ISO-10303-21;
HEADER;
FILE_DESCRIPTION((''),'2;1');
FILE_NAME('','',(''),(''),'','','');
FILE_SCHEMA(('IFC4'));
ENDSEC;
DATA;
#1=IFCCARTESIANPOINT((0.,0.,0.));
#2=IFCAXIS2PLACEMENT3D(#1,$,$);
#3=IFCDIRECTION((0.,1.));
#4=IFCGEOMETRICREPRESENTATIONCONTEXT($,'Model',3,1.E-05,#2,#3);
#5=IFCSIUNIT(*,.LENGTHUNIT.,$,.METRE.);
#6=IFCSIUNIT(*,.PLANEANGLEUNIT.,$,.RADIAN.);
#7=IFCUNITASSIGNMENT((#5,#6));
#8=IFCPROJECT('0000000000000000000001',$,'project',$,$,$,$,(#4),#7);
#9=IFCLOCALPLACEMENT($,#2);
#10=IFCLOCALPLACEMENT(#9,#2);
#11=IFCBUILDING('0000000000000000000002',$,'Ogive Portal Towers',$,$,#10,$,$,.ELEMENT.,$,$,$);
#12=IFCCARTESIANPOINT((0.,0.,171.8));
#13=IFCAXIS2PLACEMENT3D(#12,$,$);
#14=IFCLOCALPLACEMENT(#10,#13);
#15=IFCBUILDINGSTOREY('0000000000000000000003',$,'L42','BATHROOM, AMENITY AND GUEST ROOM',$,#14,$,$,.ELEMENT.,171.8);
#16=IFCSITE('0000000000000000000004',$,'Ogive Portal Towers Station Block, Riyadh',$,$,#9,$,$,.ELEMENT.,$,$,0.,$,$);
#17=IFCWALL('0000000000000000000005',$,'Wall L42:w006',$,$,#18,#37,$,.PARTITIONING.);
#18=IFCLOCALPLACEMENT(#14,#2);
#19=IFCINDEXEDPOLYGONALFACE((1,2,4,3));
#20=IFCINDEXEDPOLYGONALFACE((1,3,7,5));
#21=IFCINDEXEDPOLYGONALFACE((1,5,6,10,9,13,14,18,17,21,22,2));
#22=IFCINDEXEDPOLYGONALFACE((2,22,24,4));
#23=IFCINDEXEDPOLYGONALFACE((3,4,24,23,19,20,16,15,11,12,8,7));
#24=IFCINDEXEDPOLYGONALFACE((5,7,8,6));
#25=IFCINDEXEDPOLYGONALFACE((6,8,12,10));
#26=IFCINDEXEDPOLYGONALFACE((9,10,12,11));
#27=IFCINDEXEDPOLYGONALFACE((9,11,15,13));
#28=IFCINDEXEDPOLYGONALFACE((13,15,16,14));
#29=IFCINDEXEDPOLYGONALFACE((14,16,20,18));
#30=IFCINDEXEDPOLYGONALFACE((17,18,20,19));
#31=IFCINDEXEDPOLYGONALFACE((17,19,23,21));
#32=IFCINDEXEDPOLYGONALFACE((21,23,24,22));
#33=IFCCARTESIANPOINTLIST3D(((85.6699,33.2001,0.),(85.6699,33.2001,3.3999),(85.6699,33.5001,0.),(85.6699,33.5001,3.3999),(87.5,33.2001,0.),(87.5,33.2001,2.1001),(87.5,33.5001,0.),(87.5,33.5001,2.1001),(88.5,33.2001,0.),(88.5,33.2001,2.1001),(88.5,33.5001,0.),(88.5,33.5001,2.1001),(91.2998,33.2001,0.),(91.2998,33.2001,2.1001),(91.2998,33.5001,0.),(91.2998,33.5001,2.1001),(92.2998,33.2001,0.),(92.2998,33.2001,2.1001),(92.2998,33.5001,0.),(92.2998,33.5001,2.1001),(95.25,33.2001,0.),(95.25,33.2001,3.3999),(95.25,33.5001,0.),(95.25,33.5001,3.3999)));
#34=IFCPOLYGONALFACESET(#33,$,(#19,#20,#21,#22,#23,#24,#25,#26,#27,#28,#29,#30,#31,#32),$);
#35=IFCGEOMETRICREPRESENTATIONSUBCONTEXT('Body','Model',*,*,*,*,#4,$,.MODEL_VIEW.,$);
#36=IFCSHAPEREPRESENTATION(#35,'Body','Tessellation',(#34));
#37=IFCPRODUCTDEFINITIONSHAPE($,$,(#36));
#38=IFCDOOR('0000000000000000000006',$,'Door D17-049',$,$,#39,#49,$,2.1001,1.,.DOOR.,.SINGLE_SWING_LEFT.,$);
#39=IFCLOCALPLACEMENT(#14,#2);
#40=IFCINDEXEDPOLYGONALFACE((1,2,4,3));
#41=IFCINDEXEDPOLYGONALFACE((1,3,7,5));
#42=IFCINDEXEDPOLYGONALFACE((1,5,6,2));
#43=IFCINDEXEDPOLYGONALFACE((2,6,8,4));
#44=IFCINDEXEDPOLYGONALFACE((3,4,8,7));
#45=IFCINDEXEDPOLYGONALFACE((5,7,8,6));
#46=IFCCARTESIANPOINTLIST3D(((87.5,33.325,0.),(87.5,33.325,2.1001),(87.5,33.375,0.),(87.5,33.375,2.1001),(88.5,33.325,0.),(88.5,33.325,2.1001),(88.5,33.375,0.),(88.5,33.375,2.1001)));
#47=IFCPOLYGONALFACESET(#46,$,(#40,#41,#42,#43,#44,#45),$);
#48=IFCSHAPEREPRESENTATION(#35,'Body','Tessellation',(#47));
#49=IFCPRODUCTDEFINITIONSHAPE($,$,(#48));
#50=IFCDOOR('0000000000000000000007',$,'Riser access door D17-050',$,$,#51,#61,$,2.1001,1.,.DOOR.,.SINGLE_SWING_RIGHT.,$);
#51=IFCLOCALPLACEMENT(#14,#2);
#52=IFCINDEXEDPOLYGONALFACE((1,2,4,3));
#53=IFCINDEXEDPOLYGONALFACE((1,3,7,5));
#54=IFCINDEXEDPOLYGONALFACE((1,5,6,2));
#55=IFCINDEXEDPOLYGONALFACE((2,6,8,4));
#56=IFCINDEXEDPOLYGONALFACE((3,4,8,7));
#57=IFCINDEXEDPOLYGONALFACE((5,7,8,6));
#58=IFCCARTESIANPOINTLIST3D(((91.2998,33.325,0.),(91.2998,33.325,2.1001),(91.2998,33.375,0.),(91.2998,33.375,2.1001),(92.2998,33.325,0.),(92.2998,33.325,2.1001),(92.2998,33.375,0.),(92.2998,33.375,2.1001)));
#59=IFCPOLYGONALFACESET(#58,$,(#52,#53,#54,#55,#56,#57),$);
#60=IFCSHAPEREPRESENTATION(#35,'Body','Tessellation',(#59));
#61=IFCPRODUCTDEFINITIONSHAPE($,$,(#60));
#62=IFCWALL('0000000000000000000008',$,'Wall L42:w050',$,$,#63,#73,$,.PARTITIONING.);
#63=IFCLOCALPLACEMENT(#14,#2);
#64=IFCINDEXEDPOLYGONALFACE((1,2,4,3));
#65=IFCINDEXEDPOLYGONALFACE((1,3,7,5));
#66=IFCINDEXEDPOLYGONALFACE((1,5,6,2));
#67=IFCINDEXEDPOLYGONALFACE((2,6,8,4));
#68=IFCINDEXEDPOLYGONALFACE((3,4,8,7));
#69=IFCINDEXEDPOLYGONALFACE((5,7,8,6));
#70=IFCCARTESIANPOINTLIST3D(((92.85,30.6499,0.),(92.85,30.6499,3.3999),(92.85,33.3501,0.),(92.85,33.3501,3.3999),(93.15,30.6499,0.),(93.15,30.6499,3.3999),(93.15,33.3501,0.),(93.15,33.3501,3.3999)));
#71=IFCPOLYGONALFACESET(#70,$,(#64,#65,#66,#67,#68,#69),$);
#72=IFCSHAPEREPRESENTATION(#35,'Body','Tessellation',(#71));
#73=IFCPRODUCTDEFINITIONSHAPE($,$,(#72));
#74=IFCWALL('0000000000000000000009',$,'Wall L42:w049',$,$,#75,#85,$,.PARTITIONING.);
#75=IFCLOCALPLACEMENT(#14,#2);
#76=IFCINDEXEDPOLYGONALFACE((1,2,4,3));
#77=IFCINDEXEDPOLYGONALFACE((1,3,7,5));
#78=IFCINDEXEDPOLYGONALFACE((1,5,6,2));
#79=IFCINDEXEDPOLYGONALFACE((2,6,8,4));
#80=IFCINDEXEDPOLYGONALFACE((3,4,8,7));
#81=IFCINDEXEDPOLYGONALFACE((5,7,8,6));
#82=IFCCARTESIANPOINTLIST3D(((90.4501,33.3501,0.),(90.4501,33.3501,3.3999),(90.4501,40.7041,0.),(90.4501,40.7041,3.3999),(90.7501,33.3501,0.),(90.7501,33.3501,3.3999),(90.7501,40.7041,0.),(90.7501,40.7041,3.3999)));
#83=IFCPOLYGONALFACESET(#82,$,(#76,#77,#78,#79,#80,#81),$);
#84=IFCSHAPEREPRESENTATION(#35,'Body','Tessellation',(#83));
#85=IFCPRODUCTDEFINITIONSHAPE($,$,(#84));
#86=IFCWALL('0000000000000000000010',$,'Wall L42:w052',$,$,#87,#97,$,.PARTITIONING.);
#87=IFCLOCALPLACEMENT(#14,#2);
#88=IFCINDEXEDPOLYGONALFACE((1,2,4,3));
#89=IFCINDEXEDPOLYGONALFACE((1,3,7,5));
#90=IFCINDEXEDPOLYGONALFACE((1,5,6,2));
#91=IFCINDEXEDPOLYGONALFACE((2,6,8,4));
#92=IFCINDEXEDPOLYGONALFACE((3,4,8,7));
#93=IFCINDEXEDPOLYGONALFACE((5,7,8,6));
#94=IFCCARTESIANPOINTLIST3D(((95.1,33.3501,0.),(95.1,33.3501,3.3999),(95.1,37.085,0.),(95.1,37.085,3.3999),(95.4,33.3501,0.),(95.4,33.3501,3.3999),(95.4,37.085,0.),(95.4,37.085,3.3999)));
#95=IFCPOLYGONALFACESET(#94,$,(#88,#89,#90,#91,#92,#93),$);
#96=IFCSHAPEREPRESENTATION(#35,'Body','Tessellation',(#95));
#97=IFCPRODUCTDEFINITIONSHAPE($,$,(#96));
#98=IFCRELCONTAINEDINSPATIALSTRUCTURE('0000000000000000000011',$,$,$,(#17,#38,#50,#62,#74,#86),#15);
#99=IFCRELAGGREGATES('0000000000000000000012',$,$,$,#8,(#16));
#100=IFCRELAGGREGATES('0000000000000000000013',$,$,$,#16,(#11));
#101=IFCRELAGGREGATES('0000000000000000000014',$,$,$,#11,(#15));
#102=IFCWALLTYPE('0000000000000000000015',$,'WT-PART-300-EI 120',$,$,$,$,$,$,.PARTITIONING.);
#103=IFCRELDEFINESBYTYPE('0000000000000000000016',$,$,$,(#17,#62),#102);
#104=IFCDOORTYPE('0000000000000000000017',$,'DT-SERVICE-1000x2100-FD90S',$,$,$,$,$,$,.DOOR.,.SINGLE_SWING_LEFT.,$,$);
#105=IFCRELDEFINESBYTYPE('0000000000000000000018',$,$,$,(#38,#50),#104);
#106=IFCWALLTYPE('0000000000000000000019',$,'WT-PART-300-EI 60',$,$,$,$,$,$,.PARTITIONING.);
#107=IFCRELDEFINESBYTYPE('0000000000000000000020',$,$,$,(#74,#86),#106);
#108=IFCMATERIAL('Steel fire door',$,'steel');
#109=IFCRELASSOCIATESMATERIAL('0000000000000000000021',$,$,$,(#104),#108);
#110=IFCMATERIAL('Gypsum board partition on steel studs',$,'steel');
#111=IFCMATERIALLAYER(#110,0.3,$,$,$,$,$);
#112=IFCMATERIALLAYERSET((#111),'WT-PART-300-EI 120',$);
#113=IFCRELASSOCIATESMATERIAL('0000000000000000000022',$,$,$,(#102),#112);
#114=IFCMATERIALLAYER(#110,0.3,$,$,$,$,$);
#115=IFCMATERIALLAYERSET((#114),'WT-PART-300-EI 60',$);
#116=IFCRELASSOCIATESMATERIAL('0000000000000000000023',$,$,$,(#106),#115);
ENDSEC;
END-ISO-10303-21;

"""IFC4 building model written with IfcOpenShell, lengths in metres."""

from ifc_helpers import new_model, si_unit, direction, frame, frame_2d, origin, place, context, subcontext, project, spatial, rectangle, extrude, material, layer, layer_set, type_object, element, fill, save


model = new_model("IFC4")

# Units and contexts
model_context = context("Model", 3, precision=1e-05, world=origin(), true_north=direction((0.0, 1.0)))
body_context = subcontext(model_context, "Body", "Model", "MODEL_VIEW")
ifc_project = project(units=[si_unit("LENGTHUNIT", "METRE"), si_unit("PLANEANGLEUNIT", "RADIAN")], contexts=[model_context])

# Site, building, storey
site_placement = place(None, origin())
site = spatial("IfcSite", under=ifc_project, at=site_placement, Name="Ogive Portal Towers Station Block, Riyadh", CompositionType="ELEMENT", RefElevation=0.0)
building_placement = place(site_placement, origin())
building = spatial("IfcBuilding", under=site, at=building_placement, Name="Ogive Portal Towers", CompositionType="ELEMENT")
storey_placement = place(building_placement, frame((0.0, 0.0, 171.8)))
storey = spatial("IfcBuildingStorey", under=building, at=storey_placement, Name="L42", Description="BATHROOM, AMENITY AND GUEST ROOM", CompositionType="ELEMENT", Elevation=171.8)

# Wall, openings, doors
ifc_material_1 = material(Name="Steel fire door", Category="steel")
door_type_1 = type_object("IfcDoorType", Name="DT-SERVICE-1000x2100-FD90S", OperationType="SINGLE_SWING_LEFT", PredefinedType="DOOR", material=ifc_material_1)
ifc_material_2 = material(Name="Gypsum board partition on steel studs", Category="steel")
ifc_layer_1 = layer(ifc_material_2, 0.3)
ifc_layer_set_1 = layer_set([ifc_layer_1], Name="WT-PART-300-EI 120")
wall_type_1 = type_object("IfcWallType", Name="WT-PART-300-EI 120", PredefinedType="PARTITIONING", material=ifc_layer_set_1)
wall_1_placement = place(storey_placement, frame((85.6699, 33.3501, 0.0), z_axis=(0.0, 0.0, 1.0), x_axis=(1.0, 0.0, 0.0)))
wall_1 = element("IfcWall", 1, at=wall_1_placement, inside=storey, type_object=wall_type_1, Name="Wall L42:w006", PredefinedType="PARTITIONING", context=body_context, shape_type="SweptSolid", body=[
    extrude(rectangle(XDim=9.5801, YDim=0.3, at=frame_2d((4.79, 0.0))), origin(), (0.0, 0.0, 1.0), 3.3999),
])
opening_1_placement = place(wall_1_placement, frame((1.8301, 0.0, 0.0)))
opening_1 = element("IfcOpeningElement", 2, at=opening_1_placement, cuts=wall_1, PredefinedType="OPENING", context=body_context, shape_type="SweptSolid", body=[
    extrude(rectangle(XDim=1.0, YDim=2.1001, at=frame_2d((0.5, 1.05))), frame((0.0, 0.1602, 0.0), z_axis=(0.0, -1.0, 0.0), x_axis=(1.0, 0.0, 0.0)), (0.0, 0.0, 1.0), 0.3201),
])
opening_2_placement = place(wall_1_placement, frame((5.6299, 0.0, 0.0)))
opening_2 = element("IfcOpeningElement", 3, at=opening_2_placement, cuts=wall_1, PredefinedType="OPENING", context=body_context, shape_type="SweptSolid", body=[
    extrude(rectangle(XDim=1.0, YDim=2.1001, at=frame_2d((0.5, 1.05))), frame((0.0, 0.1602, 0.0), z_axis=(0.0, -1.0, 0.0), x_axis=(1.0, 0.0, 0.0)), (0.0, 0.0, 1.0), 0.3201),
])
door_1_placement = place(opening_1_placement, origin())
door_1 = element("IfcDoor", 4, at=door_1_placement, inside=storey, type_object=door_type_1, Name="Door D17-049", OperationType="SINGLE_SWING_LEFT", OverallHeight=2.1001, OverallWidth=1.0, PredefinedType="DOOR", context=body_context, shape_type="SweptSolid", body=[
    extrude(rectangle(XDim=1.0, YDim=2.1001, at=frame_2d((0.5, 1.05))), frame((0.0, 0.0249, 0.0), z_axis=(0.0, -1.0, 0.0), x_axis=(1.0, 0.0, 0.0)), (0.0, 0.0, 1.0), 0.05),
])
fill(opening_1, door_1)
door_2_placement = place(opening_2_placement, origin())
door_2 = element("IfcDoor", 5, at=door_2_placement, inside=storey, type_object=door_type_1, Name="Riser access door D17-050", OperationType="SINGLE_SWING_RIGHT", OverallHeight=2.1001, OverallWidth=1.0, PredefinedType="DOOR", context=body_context, shape_type="SweptSolid", body=[
    extrude(rectangle(XDim=1.0, YDim=2.1001, at=frame_2d((0.5, 1.05))), frame((0.0, 0.0249, 0.0), z_axis=(0.0, -1.0, 0.0), x_axis=(1.0, 0.0, 0.0)), (0.0, 0.0, 1.0), 0.05),
])
fill(opening_2, door_2)

# Walls
wall_2_placement = place(storey_placement, frame((93.0, 30.6499, 0.0), z_axis=(0.0, 0.0, 1.0), x_axis=(0.0, 1.0, 0.0)))
element("IfcWall", 6, at=wall_2_placement, inside=storey, type_object=wall_type_1, Name="Wall L42:w050", PredefinedType="PARTITIONING", context=body_context, shape_type="SweptSolid", body=[
    extrude(rectangle(XDim=2.7002, YDim=0.3, at=frame_2d((1.3501, 0.0))), origin(), (0.0, 0.0, 1.0), 3.3999),
])
ifc_layer_2 = layer(ifc_material_2, 0.3)
ifc_layer_set_2 = layer_set([ifc_layer_2], Name="WT-PART-300-EI 60")
wall_type_2 = type_object("IfcWallType", Name="WT-PART-300-EI 60", PredefinedType="PARTITIONING", material=ifc_layer_set_2)
wall_3_placement = place(storey_placement, frame((90.6001, 33.3501, 0.0), z_axis=(0.0, 0.0, 1.0), x_axis=(0.0, 1.0, 0.0)))
element("IfcWall", 7, at=wall_3_placement, inside=storey, type_object=wall_type_2, Name="Wall L42:w049", PredefinedType="PARTITIONING", context=body_context, shape_type="SweptSolid", body=[
    extrude(rectangle(XDim=7.354, YDim=0.3, at=frame_2d((3.677, 0.0))), origin(), (0.0, 0.0, 1.0), 3.3999),
])
wall_4_placement = place(storey_placement, frame((95.25, 33.3501, 0.0), z_axis=(0.0, 0.0, 1.0), x_axis=(0.0, 1.0, 0.0)))
element("IfcWall", 8, at=wall_4_placement, inside=storey, type_object=wall_type_2, Name="Wall L42:w052", PredefinedType="PARTITIONING", context=body_context, shape_type="SweptSolid", body=[
    extrude(rectangle(XDim=3.7349, YDim=0.3, at=frame_2d((1.8674, 0.0))), origin(), (0.0, 0.0, 1.0), 3.3999),
])

save(model, "model.ifc")
